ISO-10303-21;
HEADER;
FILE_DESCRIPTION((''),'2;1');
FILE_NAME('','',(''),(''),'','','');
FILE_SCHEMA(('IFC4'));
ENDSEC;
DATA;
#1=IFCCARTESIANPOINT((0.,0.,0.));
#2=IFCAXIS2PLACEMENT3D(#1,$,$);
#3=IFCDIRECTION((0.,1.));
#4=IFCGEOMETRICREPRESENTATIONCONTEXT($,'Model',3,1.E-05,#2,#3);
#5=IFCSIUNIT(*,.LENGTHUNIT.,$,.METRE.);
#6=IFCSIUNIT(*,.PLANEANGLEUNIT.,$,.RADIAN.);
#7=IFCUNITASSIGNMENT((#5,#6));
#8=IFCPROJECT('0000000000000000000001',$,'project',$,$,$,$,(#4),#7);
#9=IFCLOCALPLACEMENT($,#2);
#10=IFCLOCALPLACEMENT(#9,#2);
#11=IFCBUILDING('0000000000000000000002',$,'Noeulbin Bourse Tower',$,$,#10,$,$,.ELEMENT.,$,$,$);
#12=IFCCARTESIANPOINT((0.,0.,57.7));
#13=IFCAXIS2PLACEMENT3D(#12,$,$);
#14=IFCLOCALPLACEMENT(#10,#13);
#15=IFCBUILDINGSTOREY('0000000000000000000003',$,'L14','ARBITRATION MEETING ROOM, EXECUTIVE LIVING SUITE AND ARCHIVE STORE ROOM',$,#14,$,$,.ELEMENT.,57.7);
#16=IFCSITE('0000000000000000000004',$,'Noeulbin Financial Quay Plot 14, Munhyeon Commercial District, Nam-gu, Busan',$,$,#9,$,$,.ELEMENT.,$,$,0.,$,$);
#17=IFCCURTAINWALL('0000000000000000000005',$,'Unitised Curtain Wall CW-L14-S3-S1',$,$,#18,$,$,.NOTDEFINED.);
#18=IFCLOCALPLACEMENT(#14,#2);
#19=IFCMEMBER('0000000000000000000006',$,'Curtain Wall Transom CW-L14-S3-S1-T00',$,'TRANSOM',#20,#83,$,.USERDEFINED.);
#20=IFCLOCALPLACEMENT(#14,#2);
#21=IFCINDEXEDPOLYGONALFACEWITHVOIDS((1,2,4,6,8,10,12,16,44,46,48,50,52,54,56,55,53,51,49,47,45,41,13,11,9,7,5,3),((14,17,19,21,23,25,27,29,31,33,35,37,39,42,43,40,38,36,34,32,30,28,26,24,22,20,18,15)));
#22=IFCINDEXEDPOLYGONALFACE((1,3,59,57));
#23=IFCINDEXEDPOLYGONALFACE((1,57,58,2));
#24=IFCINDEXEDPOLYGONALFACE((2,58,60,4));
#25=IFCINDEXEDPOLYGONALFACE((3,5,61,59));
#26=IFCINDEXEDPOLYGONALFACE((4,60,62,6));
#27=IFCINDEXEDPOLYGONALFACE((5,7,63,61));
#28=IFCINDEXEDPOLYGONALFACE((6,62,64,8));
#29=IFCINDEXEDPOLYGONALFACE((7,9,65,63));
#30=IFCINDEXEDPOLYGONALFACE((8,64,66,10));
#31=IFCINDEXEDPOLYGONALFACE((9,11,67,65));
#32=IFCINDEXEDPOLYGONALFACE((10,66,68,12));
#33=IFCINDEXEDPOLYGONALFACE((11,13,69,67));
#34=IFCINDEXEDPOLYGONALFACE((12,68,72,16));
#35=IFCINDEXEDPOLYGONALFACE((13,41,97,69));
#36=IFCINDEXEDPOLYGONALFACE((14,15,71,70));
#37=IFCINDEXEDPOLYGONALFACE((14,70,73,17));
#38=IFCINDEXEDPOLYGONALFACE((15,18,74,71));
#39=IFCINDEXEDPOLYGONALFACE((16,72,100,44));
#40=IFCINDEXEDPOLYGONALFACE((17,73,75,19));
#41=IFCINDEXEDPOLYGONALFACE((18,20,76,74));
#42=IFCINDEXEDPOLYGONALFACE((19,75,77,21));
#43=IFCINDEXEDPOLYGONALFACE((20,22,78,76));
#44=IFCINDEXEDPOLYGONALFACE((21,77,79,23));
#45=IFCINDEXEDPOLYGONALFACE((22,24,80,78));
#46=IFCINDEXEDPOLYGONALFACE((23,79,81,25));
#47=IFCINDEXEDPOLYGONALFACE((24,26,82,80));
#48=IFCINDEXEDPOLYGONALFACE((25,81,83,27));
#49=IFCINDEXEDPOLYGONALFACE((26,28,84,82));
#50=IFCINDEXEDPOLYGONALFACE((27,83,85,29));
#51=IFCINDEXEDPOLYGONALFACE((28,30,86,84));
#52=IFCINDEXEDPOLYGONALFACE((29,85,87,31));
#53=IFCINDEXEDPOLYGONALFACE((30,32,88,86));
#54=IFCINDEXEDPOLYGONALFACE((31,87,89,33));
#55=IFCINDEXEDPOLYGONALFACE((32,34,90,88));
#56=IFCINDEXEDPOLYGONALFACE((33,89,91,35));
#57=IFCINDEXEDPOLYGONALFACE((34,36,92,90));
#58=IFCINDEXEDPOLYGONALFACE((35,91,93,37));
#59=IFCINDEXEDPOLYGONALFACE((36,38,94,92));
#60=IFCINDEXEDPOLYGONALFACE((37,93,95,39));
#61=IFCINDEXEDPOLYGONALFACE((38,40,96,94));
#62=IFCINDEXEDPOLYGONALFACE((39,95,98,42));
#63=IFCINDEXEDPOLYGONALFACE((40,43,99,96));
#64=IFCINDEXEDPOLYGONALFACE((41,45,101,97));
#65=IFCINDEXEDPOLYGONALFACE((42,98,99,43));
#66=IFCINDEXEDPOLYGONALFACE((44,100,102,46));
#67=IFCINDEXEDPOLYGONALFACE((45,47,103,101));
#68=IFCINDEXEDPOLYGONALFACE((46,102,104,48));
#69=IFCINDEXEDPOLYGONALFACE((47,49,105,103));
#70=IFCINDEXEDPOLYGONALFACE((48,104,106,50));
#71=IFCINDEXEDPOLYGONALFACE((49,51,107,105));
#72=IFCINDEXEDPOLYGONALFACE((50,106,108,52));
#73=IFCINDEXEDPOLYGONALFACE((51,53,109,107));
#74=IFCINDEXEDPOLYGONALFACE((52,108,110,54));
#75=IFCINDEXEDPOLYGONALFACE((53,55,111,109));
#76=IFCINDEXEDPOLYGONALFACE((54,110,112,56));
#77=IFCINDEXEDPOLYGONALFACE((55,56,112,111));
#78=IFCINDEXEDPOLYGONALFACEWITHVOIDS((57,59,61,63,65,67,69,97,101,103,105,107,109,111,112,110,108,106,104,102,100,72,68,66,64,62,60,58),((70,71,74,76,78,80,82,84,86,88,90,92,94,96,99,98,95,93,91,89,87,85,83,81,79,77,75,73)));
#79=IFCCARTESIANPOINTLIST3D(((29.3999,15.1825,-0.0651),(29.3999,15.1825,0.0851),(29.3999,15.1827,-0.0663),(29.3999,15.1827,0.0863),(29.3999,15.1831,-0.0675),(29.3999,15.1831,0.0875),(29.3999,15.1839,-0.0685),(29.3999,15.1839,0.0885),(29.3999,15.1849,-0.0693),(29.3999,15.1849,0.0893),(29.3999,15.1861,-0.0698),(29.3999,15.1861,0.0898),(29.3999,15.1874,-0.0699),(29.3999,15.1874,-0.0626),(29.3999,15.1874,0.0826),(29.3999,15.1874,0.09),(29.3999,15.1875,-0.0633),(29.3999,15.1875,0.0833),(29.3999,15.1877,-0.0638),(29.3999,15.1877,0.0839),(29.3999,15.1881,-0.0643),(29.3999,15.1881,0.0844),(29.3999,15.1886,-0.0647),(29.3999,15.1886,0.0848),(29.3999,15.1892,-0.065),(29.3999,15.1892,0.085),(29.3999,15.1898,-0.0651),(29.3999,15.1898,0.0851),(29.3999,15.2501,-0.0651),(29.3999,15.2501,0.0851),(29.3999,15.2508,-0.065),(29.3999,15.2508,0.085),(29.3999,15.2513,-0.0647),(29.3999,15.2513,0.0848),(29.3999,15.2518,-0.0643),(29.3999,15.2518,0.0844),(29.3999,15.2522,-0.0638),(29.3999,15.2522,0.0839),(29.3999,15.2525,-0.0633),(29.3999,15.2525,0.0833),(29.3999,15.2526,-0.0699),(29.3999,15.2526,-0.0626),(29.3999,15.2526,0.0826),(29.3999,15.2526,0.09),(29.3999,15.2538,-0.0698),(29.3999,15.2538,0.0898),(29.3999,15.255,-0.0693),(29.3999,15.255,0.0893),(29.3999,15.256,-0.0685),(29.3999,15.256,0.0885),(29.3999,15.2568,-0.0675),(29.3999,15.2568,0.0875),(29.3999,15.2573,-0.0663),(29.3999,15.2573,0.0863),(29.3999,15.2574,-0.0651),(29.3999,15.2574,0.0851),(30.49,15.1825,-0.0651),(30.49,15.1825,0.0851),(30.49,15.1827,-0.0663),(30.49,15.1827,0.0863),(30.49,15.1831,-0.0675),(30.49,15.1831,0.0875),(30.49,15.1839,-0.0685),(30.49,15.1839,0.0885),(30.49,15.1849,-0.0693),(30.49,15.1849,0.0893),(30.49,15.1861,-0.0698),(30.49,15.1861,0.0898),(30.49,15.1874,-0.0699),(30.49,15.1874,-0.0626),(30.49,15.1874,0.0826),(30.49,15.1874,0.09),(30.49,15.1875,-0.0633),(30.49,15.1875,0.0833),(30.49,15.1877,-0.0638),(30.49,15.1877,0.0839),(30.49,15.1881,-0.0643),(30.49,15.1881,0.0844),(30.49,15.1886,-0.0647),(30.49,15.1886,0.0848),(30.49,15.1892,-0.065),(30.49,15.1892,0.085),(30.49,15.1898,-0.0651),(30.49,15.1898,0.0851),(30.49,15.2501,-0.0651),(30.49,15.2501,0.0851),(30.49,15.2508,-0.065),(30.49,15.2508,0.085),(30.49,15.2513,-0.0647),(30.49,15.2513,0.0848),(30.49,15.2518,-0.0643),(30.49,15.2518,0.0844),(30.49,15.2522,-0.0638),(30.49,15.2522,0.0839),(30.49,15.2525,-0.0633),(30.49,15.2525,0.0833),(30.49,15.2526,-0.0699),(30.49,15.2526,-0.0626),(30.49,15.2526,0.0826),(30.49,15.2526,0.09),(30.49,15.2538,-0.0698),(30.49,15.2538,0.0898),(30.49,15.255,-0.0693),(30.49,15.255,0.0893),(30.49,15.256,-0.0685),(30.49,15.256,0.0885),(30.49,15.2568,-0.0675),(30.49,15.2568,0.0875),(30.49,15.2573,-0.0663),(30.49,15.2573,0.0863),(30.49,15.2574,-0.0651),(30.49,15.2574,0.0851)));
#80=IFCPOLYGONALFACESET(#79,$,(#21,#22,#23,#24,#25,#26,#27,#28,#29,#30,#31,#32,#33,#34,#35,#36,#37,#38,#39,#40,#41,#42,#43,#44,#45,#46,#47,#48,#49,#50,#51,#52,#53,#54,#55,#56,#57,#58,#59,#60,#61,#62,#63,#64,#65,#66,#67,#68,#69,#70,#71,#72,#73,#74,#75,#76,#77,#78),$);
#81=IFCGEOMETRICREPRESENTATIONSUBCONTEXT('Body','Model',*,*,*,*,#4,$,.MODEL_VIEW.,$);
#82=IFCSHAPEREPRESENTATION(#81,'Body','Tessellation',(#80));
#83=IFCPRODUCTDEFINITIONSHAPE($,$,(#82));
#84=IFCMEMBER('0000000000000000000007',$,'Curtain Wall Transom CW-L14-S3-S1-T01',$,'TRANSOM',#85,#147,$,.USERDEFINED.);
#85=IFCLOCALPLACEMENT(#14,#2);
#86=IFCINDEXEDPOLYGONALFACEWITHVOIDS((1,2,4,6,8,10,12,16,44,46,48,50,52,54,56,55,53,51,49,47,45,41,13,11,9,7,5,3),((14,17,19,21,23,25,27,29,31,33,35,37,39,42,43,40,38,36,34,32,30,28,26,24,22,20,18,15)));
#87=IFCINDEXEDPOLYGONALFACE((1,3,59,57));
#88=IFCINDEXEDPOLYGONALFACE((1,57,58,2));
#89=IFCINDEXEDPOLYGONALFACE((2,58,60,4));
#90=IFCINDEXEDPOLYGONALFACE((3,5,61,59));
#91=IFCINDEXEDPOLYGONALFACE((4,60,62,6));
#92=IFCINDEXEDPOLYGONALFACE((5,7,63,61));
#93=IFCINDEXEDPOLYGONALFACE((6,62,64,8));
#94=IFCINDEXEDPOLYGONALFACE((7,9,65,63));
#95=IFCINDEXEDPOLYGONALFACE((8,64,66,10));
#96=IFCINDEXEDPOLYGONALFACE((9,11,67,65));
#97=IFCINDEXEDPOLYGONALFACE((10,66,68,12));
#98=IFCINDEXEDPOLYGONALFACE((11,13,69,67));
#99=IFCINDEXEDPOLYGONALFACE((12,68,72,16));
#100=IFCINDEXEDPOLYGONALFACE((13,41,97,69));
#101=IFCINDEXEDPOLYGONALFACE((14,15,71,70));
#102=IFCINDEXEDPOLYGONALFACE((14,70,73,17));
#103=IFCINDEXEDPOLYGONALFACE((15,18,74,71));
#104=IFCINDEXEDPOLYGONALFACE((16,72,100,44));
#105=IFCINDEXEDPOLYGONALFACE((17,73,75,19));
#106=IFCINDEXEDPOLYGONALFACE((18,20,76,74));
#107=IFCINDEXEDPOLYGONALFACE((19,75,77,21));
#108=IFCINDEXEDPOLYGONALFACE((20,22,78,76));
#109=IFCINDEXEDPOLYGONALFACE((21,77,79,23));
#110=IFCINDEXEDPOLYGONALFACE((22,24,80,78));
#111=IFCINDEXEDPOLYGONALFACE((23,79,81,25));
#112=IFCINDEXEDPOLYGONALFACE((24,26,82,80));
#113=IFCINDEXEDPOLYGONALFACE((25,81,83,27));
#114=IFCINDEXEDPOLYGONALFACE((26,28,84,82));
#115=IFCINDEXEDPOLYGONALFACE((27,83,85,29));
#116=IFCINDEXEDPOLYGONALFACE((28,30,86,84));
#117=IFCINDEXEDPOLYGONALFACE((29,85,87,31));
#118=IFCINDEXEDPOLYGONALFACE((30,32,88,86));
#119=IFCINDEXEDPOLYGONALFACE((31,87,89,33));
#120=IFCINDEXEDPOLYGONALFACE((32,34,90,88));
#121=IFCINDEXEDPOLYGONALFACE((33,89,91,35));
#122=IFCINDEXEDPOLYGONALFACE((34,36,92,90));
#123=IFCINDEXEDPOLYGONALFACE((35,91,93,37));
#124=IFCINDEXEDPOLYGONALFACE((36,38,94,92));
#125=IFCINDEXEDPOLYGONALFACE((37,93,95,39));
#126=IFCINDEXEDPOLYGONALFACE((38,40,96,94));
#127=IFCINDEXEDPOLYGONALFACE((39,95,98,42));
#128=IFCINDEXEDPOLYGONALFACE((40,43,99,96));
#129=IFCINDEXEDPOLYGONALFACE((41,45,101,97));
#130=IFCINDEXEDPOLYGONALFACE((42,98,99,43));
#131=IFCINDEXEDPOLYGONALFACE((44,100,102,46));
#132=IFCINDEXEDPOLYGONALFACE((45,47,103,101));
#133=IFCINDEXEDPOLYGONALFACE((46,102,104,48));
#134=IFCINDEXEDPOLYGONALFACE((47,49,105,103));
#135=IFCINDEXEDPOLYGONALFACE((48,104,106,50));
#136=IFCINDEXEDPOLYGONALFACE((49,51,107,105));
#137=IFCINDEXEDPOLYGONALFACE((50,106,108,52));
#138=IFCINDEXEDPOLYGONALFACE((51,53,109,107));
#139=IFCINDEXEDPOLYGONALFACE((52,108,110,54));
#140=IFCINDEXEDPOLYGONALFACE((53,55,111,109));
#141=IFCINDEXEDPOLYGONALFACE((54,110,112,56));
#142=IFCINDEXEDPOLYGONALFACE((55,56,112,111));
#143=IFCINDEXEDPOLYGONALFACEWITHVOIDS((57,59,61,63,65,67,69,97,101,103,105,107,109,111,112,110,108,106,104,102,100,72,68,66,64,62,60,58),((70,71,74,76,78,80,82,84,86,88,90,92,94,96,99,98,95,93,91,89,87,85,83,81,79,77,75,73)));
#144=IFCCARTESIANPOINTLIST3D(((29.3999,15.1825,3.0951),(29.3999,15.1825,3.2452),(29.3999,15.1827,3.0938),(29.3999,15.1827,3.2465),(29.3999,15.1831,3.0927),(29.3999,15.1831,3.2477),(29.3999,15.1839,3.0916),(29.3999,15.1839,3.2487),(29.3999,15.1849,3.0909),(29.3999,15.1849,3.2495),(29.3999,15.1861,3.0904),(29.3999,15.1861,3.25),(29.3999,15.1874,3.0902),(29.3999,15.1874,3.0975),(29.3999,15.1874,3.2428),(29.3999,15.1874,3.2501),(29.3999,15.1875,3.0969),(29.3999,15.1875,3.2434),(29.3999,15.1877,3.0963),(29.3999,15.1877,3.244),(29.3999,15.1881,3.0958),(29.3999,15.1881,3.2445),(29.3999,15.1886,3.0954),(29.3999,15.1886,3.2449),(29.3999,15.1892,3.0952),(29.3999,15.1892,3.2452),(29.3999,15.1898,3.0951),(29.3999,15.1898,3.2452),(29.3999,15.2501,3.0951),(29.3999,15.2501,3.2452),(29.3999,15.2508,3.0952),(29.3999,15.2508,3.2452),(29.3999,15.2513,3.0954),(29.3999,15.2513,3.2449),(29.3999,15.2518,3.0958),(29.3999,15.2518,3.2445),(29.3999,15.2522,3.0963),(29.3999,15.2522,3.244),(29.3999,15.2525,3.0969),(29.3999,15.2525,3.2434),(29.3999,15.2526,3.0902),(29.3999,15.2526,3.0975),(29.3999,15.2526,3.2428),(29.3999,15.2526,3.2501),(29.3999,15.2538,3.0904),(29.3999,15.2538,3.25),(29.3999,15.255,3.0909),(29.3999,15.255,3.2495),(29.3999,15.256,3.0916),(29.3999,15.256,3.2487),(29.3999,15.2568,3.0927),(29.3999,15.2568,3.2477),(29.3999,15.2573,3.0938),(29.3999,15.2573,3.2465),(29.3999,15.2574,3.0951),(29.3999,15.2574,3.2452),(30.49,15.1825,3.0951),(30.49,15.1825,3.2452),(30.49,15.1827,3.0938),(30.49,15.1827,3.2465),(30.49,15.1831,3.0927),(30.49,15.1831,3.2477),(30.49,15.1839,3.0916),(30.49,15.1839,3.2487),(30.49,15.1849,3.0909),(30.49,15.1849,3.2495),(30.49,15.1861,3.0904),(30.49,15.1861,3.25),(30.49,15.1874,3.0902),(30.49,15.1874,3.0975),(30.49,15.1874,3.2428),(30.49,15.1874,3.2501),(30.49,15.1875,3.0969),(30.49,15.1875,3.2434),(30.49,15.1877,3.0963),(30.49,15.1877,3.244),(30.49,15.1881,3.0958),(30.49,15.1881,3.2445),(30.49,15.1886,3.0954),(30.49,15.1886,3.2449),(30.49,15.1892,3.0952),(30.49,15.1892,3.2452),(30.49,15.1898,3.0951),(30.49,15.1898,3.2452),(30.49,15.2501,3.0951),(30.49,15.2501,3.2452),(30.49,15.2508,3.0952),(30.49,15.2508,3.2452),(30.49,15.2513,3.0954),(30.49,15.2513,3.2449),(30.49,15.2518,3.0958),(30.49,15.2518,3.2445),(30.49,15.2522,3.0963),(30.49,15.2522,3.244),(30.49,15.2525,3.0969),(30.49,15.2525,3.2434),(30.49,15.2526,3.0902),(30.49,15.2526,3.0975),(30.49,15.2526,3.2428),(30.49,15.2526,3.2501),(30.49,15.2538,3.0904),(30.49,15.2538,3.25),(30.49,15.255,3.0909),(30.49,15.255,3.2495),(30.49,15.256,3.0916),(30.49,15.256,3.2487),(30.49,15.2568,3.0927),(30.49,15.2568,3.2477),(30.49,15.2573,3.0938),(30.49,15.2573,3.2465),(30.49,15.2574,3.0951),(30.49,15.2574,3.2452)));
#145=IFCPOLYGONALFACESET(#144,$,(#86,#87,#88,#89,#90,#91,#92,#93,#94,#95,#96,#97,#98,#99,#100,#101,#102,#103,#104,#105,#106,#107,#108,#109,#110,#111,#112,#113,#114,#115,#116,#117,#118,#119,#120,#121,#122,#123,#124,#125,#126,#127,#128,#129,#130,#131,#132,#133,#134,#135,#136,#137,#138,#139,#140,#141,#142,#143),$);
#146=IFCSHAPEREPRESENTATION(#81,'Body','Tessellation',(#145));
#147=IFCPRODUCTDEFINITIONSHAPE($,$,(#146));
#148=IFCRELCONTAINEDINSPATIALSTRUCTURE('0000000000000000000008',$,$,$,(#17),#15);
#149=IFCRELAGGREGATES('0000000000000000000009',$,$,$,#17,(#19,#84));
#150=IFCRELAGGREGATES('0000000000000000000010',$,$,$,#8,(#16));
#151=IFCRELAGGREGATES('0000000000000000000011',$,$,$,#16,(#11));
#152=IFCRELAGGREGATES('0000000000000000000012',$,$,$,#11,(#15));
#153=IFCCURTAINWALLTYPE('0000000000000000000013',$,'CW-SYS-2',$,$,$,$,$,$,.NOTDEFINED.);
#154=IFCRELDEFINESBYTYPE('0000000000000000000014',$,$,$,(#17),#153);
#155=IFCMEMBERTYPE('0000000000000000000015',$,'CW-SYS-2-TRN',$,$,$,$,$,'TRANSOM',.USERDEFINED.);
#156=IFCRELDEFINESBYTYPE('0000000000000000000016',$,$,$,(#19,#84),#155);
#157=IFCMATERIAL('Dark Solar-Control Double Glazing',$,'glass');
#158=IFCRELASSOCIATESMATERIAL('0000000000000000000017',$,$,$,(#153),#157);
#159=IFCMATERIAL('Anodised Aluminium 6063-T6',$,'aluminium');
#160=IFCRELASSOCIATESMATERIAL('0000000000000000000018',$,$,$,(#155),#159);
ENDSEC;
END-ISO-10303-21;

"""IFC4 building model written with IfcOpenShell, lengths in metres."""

from ifc_helpers import new_model, si_unit, direction, frame, origin, origin_2d, place, context, subcontext, project, spatial, hollow_rectangle, extrude, material, material_profile, profile_set, type_object, element, aggregate, save


model = new_model("IFC4")

# Units and contexts
model_context = context("Model", 3, precision=1e-05, world=origin(), true_north=direction((0.0, 1.0)))
body_context = subcontext(model_context, "Body", "Model", "MODEL_VIEW")
ifc_project = project(units=[si_unit("LENGTHUNIT", "METRE"), si_unit("PLANEANGLEUNIT", "RADIAN")], contexts=[model_context])

# Site, building, storey
site_placement = place(None, origin())
site = spatial("IfcSite", under=ifc_project, at=site_placement, Name="Noeulbin Financial Quay Plot 14, Munhyeon Commercial District, Nam-gu, Busan", CompositionType="ELEMENT", RefElevation=0.0)
building_placement = place(site_placement, origin())
building = spatial("IfcBuilding", under=site, at=building_placement, Name="Noeulbin Bourse Tower", CompositionType="ELEMENT")
storey_placement = place(building_placement, frame((0.0, 0.0, 57.7)))
storey = spatial("IfcBuildingStorey", under=building, at=storey_placement, Name="L14", Description="ARBITRATION MEETING ROOM, EXECUTIVE LIVING SUITE AND ARCHIVE STORE ROOM", CompositionType="ELEMENT", Elevation=57.7)

# Curtain wall
ifc_material_1 = material(Name="Dark Solar-Control Double Glazing", Category="glass")
curtain_wall_type = type_object("IfcCurtainWallType", Name="CW-SYS-2", PredefinedType="NOTDEFINED", material=ifc_material_1)
curtain_wall_1_placement = place(storey_placement, origin())
curtain_wall_1 = element("IfcCurtainWall", 1, at=curtain_wall_1_placement, inside=storey, type_object=curtain_wall_type, Name="Unitised Curtain Wall CW-L14-S3-S1", PredefinedType="NOTDEFINED")
ifc_material_2 = material(Name="Anodised Aluminium 6063-T6", Category="aluminium")

# Members
ifc_material_profile_1 = material_profile(ifc_material_2, hollow_rectangle(XDim=0.075, YDim=0.1599, WallThickness=0.0049, InnerFilletRadius=0.0024, OuterFilletRadius=0.0049, at=origin_2d()), Name="ALU-TRAN-75x160x5", Category="LoadBearing")
ifc_profile_set_1 = profile_set([ifc_material_profile_1], Name="Anodised Aluminium 6063-T6")
member_type_1 = type_object("IfcMemberType", Name="CW-SYS-2-TRN", ElementType="TRANSOM", PredefinedType="USERDEFINED", material=ifc_profile_set_1)
member_1_placement = place(storey_placement, frame((29.3999, 15.22, 0.01), z_axis=(1.0, 0.0, 0.0), x_axis=(0.0, 1.0, 0.0)))
member_1 = element("IfcMember", 2, at=member_1_placement, type_object=member_type_1, Name="Curtain Wall Transom CW-L14-S3-S1-T00", ObjectType="TRANSOM", PredefinedType="USERDEFINED", context=body_context, shape_type="SweptSolid", body=[
    extrude(hollow_rectangle(XDim=0.075, YDim=0.1599, WallThickness=0.0049, InnerFilletRadius=0.0024, OuterFilletRadius=0.0049, at=origin_2d()), origin(), (0.0, 0.0, 1.0), 1.0901),
])
member_2_placement = place(storey_placement, frame((29.3999, 15.22, 3.1702), z_axis=(1.0, 0.0, 0.0), x_axis=(0.0, 1.0, 0.0)))
member_2 = element("IfcMember", 3, at=member_2_placement, type_object=member_type_1, Name="Curtain Wall Transom CW-L14-S3-S1-T01", ObjectType="TRANSOM", PredefinedType="USERDEFINED", context=body_context, shape_type="SweptSolid", body=[
    extrude(hollow_rectangle(XDim=0.075, YDim=0.1599, WallThickness=0.0049, InnerFilletRadius=0.0024, OuterFilletRadius=0.0049, at=origin_2d()), origin(), (0.0, 0.0, 1.0), 1.0901),
])

aggregate(curtain_wall_1, [member_1, member_2])

save(model, "model.ifc")
